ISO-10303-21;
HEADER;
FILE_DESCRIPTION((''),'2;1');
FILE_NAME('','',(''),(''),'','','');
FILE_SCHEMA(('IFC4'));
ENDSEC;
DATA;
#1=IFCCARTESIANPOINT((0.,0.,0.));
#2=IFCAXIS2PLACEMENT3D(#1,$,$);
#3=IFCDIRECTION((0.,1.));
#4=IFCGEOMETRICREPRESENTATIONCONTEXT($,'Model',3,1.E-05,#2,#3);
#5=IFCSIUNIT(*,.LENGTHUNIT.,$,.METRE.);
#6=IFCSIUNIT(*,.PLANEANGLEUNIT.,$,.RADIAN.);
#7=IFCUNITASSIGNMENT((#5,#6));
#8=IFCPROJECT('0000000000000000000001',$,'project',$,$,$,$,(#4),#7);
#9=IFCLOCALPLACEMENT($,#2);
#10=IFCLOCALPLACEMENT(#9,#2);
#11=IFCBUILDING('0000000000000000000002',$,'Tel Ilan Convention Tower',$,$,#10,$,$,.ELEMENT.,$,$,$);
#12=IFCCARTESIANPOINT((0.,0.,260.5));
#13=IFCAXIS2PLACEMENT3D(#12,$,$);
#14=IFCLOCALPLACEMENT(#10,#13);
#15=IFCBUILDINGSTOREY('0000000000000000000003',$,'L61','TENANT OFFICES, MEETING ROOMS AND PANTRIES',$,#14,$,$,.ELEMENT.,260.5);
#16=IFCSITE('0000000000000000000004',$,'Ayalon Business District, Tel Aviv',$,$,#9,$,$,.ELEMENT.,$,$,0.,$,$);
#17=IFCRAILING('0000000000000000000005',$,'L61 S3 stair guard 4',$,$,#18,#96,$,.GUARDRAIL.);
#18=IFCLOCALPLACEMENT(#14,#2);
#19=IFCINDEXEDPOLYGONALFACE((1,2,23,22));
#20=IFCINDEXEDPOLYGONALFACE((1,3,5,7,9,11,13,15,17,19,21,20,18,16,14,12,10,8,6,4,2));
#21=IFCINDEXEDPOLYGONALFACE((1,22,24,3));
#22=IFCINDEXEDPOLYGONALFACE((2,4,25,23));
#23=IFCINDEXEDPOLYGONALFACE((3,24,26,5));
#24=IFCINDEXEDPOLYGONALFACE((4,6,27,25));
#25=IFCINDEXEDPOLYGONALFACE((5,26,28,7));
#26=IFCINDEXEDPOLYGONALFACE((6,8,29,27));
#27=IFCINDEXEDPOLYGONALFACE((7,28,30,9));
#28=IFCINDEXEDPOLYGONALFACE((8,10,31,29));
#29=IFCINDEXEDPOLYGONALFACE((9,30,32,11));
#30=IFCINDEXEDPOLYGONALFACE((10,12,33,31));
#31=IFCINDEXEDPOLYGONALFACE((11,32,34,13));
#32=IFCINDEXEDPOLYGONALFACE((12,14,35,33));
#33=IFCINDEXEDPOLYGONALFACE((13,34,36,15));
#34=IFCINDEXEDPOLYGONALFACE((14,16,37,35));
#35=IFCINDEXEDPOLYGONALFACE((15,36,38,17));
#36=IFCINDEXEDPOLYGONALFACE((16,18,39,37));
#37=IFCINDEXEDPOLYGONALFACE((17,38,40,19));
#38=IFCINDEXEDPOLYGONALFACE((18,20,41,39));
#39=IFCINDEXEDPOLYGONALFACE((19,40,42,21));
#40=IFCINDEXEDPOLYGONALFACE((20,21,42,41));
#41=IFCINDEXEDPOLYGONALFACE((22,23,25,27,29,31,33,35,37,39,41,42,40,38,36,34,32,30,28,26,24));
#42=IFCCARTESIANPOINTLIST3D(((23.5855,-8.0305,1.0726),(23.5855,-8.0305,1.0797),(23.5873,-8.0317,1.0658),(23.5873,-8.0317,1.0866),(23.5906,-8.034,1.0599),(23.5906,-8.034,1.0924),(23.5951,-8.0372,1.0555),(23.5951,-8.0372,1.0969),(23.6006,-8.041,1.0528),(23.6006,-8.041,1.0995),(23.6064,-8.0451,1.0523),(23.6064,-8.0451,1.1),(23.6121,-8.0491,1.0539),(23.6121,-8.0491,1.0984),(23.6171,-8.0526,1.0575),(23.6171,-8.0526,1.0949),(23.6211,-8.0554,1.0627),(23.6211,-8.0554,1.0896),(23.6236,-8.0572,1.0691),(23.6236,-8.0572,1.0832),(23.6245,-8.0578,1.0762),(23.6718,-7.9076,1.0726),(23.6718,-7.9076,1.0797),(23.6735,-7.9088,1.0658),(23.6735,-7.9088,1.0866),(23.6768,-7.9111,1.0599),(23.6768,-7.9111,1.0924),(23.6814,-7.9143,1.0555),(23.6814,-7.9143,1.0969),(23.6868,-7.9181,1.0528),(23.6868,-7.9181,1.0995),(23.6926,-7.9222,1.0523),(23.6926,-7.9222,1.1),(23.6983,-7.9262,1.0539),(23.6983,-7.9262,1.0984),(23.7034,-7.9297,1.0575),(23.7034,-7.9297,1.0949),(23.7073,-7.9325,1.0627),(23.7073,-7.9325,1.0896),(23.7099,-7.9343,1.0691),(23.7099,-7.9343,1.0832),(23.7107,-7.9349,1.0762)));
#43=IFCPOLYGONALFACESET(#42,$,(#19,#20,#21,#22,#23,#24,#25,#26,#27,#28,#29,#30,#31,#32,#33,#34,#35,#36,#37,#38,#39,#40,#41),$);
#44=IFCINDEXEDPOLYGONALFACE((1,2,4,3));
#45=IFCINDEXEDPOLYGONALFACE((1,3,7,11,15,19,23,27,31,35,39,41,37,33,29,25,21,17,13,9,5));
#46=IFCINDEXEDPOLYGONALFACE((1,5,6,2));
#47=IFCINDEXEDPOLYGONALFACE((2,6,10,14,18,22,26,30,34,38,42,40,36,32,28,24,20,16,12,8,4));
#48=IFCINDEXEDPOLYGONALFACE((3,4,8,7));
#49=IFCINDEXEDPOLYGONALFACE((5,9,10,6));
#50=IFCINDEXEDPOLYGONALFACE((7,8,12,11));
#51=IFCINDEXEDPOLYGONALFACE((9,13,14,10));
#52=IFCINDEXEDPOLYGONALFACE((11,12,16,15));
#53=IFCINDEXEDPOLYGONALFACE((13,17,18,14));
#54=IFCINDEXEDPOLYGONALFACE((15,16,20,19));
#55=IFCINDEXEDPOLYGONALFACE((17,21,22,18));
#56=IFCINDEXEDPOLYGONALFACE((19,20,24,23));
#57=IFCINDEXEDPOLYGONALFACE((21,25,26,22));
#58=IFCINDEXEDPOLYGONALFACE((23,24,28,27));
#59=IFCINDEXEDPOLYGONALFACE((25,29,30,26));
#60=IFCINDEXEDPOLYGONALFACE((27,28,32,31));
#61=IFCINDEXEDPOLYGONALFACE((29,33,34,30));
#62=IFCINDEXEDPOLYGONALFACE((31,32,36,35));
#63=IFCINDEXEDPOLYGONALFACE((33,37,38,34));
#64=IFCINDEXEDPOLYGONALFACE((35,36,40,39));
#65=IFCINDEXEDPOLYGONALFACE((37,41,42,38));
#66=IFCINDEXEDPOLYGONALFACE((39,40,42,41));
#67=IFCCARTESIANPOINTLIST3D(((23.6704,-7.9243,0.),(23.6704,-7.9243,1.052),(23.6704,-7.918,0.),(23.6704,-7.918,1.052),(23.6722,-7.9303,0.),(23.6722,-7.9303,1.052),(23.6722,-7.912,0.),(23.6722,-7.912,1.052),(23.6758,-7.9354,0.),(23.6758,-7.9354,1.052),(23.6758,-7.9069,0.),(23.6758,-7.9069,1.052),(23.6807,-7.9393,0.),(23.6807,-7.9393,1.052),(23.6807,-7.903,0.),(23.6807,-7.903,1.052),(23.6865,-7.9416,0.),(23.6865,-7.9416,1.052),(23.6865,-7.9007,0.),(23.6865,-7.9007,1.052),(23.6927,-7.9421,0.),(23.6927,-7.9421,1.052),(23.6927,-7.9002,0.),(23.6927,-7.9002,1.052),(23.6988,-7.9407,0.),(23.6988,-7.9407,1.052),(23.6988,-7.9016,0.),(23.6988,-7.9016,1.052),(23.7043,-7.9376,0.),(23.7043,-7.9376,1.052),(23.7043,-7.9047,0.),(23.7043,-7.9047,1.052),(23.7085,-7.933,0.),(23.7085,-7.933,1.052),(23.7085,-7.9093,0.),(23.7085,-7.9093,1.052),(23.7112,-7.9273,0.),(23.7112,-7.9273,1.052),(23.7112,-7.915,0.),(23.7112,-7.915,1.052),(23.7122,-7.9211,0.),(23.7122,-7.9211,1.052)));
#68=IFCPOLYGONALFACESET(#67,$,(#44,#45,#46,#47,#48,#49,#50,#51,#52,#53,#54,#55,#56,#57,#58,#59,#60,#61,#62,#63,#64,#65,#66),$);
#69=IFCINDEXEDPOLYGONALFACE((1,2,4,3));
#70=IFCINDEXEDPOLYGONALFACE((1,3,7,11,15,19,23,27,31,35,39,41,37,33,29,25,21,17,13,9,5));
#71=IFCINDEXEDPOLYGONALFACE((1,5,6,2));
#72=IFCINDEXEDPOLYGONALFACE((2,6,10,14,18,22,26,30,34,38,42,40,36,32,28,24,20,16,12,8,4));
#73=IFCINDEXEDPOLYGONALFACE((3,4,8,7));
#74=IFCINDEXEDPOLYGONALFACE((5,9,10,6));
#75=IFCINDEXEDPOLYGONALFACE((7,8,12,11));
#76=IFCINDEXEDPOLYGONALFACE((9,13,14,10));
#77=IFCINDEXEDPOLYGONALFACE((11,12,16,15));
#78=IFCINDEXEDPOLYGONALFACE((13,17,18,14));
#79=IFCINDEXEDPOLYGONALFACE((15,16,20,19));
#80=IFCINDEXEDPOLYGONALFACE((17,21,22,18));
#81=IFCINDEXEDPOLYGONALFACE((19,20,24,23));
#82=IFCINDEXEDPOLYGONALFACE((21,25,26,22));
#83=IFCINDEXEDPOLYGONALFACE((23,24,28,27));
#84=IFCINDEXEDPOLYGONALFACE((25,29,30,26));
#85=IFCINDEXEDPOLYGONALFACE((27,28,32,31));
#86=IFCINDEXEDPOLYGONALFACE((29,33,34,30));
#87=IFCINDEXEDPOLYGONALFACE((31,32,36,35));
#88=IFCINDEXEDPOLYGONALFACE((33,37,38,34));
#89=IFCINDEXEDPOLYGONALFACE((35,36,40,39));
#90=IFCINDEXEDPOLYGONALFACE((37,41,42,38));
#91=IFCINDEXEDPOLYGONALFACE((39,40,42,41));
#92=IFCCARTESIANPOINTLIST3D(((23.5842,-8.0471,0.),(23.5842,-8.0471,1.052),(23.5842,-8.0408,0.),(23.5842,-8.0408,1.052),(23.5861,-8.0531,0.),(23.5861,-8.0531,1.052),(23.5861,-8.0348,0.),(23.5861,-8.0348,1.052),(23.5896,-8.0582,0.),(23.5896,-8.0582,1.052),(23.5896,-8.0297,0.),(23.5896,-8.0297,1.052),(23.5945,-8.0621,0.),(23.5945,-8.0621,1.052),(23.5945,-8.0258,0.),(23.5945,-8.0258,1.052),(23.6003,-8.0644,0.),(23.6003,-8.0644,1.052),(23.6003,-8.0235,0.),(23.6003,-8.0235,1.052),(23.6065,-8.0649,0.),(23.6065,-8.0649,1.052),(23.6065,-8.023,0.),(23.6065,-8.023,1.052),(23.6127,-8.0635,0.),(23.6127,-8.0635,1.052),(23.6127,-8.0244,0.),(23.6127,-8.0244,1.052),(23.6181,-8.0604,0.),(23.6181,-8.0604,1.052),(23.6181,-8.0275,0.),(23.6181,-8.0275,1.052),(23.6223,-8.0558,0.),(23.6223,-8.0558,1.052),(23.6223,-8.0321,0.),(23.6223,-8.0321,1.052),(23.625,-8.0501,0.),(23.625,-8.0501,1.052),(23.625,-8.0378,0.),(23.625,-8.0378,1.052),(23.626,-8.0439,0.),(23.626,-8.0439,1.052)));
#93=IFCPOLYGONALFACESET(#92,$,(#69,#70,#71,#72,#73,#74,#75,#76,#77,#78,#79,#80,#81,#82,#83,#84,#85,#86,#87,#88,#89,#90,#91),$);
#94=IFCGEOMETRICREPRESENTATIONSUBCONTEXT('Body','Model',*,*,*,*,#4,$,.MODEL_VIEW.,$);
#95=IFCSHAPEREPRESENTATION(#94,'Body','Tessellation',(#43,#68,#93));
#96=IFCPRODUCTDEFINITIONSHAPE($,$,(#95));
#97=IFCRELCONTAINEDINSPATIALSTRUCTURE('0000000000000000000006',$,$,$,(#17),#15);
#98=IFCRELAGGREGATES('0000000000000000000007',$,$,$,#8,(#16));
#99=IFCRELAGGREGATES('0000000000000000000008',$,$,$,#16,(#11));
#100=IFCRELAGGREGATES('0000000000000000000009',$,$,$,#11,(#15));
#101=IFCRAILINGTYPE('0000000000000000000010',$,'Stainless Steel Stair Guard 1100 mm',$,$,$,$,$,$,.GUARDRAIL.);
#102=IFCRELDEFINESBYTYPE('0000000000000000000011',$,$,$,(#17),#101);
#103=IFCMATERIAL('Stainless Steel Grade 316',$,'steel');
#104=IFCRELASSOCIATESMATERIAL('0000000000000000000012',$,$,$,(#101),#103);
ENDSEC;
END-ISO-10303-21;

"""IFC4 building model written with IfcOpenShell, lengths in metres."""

from ifc_helpers import new_model, si_unit, direction, frame, origin, origin_2d, place, context, subcontext, project, spatial, circle, extrude, material, type_object, element, save


model = new_model("IFC4")

# Units and contexts
model_context = context("Model", 3, precision=1e-05, world=origin(), true_north=direction((0.0, 1.0)))
body_context = subcontext(model_context, "Body", "Model", "MODEL_VIEW")
ifc_project = project(units=[si_unit("LENGTHUNIT", "METRE"), si_unit("PLANEANGLEUNIT", "RADIAN")], contexts=[model_context])

# Site, building, storey
site_placement = place(None, origin())
site = spatial("IfcSite", under=ifc_project, at=site_placement, Name="Ayalon Business District, Tel Aviv", CompositionType="ELEMENT", RefElevation=0.0)
building_placement = place(site_placement, origin())
building = spatial("IfcBuilding", under=site, at=building_placement, Name="Tel Ilan Convention Tower", CompositionType="ELEMENT")
storey_placement = place(building_placement, frame((0.0, 0.0, 260.5)))
storey = spatial("IfcBuildingStorey", under=building, at=storey_placement, Name="L61", Description="TENANT OFFICES, MEETING ROOMS AND PANTRIES", CompositionType="ELEMENT", Elevation=260.5)

# Railing
ifc_material_1 = material(Name="Stainless Steel Grade 316", Category="steel")
railing_type_1 = type_object("IfcRailingType", Name="Stainless Steel Stair Guard 1100 mm", PredefinedType="GUARDRAIL", material=ifc_material_1)
railing_1_placement = place(storey_placement, frame((23.6912, -7.9211, 0.0)))
element("IfcRailing", 1, at=railing_1_placement, inside=storey, type_object=railing_type_1, Name="L61 S3 stair guard 4", PredefinedType="GUARDRAIL", context=body_context, shape_type="SweptSolid", body=[
    extrude(circle(Radius=0.0239, at=origin_2d()), frame((0.0, 0.0, 1.0762), z_axis=(-0.574445, -0.818543, 0.0), x_axis=(0.818543, -0.574445, 0.0)), (0.0, 0.0, 1.0), 0.1501),
    extrude(circle(Radius=0.021, at=origin_2d()), origin(), (0.0, 0.0, 1.0), 1.052),
    extrude(circle(Radius=0.021, at=origin_2d()), frame((-0.0862, -0.1228, 0.0)), (0.0, 0.0, 1.0), 1.052),
])

save(model, "model.ifc")
